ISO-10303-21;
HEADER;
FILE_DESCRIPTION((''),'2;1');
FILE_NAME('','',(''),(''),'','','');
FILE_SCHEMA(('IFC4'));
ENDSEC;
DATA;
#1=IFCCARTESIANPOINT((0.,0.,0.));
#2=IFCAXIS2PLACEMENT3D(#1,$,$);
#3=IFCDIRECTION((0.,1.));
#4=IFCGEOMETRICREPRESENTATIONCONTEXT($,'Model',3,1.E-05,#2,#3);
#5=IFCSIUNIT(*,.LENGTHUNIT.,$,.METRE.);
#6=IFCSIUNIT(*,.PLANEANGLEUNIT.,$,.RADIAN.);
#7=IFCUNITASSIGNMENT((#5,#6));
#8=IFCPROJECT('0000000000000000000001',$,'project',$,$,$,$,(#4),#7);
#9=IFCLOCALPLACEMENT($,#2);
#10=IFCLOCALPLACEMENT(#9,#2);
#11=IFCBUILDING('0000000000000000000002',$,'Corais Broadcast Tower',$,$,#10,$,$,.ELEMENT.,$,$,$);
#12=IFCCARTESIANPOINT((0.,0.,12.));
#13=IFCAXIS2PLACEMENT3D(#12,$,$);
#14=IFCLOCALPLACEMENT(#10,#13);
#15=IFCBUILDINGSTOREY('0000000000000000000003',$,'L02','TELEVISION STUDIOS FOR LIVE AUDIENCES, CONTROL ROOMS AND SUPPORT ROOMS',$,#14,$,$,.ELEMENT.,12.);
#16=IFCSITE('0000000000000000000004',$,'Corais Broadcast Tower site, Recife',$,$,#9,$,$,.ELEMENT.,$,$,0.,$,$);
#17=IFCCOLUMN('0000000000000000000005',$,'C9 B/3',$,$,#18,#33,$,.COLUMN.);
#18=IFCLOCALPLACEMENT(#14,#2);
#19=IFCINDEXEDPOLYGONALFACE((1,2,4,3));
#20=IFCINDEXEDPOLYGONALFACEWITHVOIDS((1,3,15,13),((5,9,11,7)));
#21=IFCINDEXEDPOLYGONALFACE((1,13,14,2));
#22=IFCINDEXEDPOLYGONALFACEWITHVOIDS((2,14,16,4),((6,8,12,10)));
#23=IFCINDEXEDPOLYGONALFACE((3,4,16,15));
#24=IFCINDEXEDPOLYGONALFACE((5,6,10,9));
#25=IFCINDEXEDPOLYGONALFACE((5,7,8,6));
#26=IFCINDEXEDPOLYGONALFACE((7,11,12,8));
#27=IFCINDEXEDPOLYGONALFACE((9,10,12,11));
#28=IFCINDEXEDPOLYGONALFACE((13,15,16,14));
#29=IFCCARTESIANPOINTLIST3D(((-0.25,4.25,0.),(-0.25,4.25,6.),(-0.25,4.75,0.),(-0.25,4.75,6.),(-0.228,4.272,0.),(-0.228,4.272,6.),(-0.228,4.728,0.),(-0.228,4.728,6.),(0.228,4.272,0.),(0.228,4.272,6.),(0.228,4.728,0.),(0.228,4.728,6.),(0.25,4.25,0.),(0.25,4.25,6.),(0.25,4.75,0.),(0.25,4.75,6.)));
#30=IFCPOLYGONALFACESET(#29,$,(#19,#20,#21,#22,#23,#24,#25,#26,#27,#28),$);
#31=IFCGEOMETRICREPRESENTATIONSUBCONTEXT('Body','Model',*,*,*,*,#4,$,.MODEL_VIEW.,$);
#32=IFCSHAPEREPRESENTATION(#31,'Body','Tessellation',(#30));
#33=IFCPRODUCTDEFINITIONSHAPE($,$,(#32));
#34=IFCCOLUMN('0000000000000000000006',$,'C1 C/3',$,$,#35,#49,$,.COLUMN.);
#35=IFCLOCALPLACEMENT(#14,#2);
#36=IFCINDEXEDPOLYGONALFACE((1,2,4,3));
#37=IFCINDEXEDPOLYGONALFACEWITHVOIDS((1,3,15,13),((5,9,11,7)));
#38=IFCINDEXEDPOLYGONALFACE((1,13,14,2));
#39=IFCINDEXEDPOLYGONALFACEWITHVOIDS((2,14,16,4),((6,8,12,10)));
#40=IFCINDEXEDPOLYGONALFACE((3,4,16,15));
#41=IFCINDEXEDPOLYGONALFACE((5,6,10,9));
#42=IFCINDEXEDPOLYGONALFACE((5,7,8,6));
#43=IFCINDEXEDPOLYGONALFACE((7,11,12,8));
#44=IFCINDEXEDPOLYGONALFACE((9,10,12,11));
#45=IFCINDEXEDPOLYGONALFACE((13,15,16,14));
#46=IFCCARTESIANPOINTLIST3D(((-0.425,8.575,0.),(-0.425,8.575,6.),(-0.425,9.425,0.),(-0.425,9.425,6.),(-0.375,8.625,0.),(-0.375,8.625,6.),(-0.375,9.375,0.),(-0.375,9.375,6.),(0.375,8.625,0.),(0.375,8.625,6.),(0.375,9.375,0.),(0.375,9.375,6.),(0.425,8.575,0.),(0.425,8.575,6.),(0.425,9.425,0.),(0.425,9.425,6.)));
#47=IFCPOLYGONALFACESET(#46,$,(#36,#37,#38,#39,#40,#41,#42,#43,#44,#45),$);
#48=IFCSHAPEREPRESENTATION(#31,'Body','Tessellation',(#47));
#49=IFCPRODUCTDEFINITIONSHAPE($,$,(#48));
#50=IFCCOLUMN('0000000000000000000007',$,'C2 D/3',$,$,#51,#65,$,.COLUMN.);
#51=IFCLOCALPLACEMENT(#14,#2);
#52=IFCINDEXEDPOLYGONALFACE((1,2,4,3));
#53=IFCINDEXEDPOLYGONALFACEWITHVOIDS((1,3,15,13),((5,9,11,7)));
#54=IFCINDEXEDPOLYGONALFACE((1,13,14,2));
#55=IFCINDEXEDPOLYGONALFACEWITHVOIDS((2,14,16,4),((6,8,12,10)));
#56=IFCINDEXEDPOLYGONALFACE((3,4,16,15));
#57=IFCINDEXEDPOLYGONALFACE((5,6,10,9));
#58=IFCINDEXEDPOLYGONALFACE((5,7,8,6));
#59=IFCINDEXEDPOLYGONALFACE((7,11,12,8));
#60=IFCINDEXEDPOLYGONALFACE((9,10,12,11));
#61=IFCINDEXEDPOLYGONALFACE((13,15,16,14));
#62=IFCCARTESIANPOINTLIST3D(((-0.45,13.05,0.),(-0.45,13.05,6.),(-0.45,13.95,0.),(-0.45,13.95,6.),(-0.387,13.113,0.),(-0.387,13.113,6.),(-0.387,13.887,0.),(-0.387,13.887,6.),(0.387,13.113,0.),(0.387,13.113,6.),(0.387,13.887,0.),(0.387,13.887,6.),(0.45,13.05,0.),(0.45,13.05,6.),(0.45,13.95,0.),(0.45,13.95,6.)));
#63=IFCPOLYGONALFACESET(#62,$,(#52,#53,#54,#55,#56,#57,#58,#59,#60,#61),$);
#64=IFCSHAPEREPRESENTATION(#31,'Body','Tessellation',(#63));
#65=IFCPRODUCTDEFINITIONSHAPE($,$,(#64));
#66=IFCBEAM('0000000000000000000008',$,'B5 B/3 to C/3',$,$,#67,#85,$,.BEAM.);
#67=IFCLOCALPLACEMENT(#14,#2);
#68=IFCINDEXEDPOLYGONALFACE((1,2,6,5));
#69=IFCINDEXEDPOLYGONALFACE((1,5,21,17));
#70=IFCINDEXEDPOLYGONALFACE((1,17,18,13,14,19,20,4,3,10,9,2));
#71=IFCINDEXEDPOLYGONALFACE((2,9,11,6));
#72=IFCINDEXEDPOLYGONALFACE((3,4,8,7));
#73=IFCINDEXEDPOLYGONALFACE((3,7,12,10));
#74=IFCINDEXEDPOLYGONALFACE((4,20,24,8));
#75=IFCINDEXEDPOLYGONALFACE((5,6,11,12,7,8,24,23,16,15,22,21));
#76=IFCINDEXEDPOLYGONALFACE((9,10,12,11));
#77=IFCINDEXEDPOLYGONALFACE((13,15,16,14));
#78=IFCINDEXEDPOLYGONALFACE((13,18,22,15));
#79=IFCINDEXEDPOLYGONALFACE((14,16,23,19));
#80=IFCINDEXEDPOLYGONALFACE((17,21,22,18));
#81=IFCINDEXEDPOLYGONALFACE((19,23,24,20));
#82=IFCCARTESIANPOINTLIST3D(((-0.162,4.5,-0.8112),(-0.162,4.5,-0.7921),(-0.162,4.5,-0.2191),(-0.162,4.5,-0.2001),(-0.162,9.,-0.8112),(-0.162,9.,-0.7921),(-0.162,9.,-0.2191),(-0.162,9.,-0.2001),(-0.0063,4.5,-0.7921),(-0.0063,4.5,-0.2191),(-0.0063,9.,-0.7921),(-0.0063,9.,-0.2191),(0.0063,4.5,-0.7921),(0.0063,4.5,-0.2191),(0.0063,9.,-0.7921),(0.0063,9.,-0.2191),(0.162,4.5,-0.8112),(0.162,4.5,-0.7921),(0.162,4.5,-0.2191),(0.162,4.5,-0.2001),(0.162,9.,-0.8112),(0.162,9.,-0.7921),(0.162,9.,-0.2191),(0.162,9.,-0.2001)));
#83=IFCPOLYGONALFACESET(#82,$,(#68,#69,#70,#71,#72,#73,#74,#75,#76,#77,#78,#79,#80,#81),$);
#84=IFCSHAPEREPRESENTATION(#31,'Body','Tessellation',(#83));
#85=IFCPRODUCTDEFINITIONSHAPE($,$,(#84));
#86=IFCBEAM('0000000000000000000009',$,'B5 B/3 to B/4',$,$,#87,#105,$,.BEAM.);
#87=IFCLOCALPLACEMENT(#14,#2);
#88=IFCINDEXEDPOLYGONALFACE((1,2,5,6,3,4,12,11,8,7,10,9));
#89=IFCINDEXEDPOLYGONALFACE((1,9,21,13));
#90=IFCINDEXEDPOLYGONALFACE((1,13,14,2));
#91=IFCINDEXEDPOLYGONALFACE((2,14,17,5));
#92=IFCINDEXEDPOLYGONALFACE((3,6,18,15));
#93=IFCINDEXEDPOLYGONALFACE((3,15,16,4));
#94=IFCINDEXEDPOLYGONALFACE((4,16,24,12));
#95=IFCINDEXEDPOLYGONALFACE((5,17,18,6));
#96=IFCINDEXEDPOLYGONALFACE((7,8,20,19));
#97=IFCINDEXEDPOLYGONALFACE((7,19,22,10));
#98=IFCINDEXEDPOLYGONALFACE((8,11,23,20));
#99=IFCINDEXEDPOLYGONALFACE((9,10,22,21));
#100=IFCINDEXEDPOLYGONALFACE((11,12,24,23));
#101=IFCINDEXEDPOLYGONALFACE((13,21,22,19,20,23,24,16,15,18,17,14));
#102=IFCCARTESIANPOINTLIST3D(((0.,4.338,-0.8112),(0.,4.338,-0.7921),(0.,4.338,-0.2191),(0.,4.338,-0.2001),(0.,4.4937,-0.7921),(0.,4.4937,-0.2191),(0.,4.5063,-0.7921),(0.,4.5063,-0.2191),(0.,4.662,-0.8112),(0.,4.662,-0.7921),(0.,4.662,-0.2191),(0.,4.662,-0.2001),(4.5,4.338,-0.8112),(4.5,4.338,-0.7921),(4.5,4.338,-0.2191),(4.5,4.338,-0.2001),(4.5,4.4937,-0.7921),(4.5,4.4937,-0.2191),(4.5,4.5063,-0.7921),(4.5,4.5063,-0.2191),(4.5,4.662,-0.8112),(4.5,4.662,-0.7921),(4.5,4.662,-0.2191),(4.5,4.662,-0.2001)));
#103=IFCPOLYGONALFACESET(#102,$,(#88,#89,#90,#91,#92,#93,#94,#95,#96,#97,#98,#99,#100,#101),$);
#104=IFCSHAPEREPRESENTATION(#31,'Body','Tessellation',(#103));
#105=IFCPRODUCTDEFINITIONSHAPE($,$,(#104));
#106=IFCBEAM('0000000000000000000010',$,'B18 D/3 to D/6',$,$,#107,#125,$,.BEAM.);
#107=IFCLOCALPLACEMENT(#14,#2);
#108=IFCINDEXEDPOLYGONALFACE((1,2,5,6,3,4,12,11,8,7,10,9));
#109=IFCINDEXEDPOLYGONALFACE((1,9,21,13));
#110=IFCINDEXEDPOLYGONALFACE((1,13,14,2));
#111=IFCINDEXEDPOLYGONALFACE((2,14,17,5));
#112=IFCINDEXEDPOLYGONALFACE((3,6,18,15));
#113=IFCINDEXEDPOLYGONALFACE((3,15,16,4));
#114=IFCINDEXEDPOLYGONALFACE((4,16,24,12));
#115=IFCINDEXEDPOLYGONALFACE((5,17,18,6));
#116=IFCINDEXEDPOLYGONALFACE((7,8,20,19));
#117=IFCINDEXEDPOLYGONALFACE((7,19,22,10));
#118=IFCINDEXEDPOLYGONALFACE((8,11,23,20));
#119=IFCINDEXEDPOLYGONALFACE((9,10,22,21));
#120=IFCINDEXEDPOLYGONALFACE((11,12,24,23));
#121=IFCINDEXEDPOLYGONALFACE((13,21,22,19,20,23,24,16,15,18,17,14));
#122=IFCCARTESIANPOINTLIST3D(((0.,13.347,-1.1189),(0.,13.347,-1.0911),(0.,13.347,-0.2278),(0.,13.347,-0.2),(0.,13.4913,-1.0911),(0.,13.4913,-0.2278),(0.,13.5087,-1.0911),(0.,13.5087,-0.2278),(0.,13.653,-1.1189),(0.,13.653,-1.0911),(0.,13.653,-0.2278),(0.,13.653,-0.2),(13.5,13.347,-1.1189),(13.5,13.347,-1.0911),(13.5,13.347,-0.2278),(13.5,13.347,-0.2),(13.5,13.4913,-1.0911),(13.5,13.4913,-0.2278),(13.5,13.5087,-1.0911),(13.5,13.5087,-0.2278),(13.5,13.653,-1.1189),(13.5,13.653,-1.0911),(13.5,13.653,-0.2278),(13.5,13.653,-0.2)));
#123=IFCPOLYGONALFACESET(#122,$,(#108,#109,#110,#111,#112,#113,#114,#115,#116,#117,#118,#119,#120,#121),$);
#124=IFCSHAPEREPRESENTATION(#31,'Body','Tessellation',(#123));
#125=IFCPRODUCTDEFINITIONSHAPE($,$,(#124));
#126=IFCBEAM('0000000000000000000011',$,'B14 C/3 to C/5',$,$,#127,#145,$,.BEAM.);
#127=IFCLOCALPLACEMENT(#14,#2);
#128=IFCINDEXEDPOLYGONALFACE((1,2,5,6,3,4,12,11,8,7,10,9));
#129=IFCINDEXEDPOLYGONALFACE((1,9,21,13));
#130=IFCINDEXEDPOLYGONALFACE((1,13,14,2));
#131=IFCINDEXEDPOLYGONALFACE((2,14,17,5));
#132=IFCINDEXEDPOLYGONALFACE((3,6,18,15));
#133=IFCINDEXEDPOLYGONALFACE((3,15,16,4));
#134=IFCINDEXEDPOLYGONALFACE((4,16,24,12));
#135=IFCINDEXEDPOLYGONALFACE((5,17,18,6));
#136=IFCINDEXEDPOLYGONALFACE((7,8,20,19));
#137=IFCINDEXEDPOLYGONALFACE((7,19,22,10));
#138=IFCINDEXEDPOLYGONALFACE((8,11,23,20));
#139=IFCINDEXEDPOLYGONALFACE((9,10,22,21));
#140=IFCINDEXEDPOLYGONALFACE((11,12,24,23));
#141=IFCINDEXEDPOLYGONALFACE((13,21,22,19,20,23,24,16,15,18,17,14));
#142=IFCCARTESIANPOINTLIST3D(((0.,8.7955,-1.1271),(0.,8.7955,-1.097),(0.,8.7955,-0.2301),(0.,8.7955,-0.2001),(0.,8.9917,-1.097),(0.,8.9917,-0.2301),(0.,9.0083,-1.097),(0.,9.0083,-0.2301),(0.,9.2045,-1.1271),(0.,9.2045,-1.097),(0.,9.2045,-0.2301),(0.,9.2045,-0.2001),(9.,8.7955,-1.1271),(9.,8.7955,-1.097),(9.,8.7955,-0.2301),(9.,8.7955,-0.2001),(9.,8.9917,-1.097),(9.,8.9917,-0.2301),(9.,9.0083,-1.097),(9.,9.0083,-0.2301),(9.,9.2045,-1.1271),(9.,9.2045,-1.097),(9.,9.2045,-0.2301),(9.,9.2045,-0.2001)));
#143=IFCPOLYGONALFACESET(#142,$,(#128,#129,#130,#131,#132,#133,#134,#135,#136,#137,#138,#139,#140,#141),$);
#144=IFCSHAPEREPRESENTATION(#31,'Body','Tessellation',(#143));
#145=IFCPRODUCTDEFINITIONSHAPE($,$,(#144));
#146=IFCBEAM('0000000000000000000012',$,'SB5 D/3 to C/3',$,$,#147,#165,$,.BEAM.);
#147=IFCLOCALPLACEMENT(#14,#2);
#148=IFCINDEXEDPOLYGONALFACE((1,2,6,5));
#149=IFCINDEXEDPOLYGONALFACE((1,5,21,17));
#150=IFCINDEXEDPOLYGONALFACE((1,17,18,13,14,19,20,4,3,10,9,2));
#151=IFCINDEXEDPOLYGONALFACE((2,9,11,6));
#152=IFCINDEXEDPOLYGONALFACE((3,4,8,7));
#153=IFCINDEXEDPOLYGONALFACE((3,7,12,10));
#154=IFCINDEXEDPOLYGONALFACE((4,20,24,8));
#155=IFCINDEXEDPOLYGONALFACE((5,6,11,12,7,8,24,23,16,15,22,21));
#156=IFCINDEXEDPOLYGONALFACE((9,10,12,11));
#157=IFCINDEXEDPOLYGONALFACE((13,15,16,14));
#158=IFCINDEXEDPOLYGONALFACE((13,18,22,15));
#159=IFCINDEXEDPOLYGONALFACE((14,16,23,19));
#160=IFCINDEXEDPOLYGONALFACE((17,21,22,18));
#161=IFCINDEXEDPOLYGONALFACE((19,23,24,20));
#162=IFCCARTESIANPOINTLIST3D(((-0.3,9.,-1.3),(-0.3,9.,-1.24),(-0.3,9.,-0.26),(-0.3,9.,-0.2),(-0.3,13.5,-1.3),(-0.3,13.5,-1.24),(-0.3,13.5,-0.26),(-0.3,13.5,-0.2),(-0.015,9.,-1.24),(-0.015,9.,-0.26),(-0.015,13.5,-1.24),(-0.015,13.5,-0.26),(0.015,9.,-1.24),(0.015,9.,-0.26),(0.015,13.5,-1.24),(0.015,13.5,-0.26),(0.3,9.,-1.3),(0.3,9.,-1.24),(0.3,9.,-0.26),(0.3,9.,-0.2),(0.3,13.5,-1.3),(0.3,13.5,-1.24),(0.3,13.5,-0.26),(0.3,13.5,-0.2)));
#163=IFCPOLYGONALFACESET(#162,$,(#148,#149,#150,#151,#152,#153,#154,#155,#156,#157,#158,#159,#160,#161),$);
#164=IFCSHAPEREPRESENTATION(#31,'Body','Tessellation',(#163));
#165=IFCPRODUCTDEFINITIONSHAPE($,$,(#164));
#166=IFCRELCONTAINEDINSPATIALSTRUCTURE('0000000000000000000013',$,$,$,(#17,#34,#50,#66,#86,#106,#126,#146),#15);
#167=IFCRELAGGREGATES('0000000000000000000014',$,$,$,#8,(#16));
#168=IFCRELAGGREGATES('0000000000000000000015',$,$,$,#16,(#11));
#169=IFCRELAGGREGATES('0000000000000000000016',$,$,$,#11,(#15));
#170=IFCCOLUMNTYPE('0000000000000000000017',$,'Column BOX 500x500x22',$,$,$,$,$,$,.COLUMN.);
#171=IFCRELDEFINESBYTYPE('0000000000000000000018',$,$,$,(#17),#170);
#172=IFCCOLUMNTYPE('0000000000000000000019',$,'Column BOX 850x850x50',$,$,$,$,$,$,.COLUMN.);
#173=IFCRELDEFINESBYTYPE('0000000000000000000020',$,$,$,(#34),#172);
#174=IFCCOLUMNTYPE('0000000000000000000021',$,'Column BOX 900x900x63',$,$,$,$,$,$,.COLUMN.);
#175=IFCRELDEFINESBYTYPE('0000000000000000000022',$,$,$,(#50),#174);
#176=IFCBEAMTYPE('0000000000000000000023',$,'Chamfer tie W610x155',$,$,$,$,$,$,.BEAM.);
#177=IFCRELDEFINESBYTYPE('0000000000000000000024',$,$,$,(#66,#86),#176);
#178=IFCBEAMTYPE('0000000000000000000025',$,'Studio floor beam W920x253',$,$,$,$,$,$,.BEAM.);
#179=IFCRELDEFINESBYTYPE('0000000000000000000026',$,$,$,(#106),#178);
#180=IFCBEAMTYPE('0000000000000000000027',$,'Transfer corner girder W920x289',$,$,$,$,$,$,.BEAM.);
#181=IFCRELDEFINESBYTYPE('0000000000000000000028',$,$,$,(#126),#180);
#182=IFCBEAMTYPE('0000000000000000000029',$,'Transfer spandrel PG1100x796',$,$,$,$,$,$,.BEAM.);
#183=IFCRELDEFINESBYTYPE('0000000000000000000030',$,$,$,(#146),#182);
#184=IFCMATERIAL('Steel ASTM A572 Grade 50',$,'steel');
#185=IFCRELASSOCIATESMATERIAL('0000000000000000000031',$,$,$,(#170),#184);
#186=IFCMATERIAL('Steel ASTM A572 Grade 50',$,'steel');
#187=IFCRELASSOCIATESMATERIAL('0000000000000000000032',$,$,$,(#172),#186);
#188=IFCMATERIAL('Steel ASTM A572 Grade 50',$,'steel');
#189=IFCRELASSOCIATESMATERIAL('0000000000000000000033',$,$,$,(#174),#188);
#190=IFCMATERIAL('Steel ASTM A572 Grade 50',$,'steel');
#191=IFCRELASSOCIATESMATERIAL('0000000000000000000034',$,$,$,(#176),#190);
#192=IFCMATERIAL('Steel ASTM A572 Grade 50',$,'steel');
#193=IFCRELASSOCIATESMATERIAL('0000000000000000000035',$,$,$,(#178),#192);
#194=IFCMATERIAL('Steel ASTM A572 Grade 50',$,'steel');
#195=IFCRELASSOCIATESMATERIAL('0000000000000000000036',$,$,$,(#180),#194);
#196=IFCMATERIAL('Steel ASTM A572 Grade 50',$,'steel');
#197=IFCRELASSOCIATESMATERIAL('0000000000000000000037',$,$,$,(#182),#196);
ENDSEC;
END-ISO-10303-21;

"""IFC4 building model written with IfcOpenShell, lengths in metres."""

from ifc_helpers import new_model, si_unit, direction, frame, origin, origin_2d, place, context, subcontext, project, spatial, hollow_rectangle, i_section, extrude, material, material_profile, profile_set, type_object, element, save


model = new_model("IFC4")

# Units and contexts
model_context = context("Model", 3, precision=1e-05, world=origin(), true_north=direction((0.0, 1.0)))
body_context = subcontext(model_context, "Body", "Model", "MODEL_VIEW")
ifc_project = project(units=[si_unit("LENGTHUNIT", "METRE"), si_unit("PLANEANGLEUNIT", "RADIAN")], contexts=[model_context])

# Site, building, storey
site_placement = place(None, origin())
site = spatial("IfcSite", under=ifc_project, at=site_placement, Name="Corais Broadcast Tower site, Recife", CompositionType="ELEMENT", RefElevation=0.0)
building_placement = place(site_placement, origin())
building = spatial("IfcBuilding", under=site, at=building_placement, Name="Corais Broadcast Tower", CompositionType="ELEMENT")
storey_placement = place(building_placement, frame((0.0, 0.0, 12.0)))
storey = spatial("IfcBuildingStorey", under=building, at=storey_placement, Name="L02", Description="TELEVISION STUDIOS FOR LIVE AUDIENCES, CONTROL ROOMS AND SUPPORT ROOMS", CompositionType="ELEMENT", Elevation=12.0)

# Columns
ifc_material_1 = material(Name="Steel ASTM A572 Grade 50", Category="steel")
ifc_material_profile_1 = material_profile(ifc_material_1, hollow_rectangle(XDim=0.5, YDim=0.5, WallThickness=0.022, at=origin_2d()), Name="BOX 500x500x22")
ifc_profile_set_1 = profile_set([ifc_material_profile_1], Name="Steel ASTM A572 Grade 50")
column_type_1 = type_object("IfcColumnType", Name="Column BOX 500x500x22", PredefinedType="COLUMN", material=ifc_profile_set_1)
column_1_placement = place(storey_placement, frame((0.0, 4.5, 0.0), z_axis=(0.0, 0.0, 1.0), x_axis=(1.0, 0.0, 0.0)))
element("IfcColumn", 1, at=column_1_placement, inside=storey, type_object=column_type_1, Name="C9 B/3", PredefinedType="COLUMN", context=body_context, shape_type="SweptSolid", body=[
    extrude(hollow_rectangle(XDim=0.5, YDim=0.5, WallThickness=0.022, at=origin_2d()), origin(), (0.0, 0.0, 1.0), 6.0),
])
ifc_material_2 = material(Name="Steel ASTM A572 Grade 50", Category="steel")
ifc_material_profile_2 = material_profile(ifc_material_2, hollow_rectangle(XDim=0.8501, YDim=0.8501, WallThickness=0.05, at=origin_2d()), Name="BOX 850x850x50")
ifc_profile_set_2 = profile_set([ifc_material_profile_2], Name="Steel ASTM A572 Grade 50")
column_type_2 = type_object("IfcColumnType", Name="Column BOX 850x850x50", PredefinedType="COLUMN", material=ifc_profile_set_2)
column_2_placement = place(storey_placement, frame((0.0, 9.0, 0.0), z_axis=(0.0, 0.0, 1.0), x_axis=(1.0, 0.0, 0.0)))
element("IfcColumn", 2, at=column_2_placement, inside=storey, type_object=column_type_2, Name="C1 C/3", PredefinedType="COLUMN", context=body_context, shape_type="SweptSolid", body=[
    extrude(hollow_rectangle(XDim=0.8501, YDim=0.8501, WallThickness=0.05, at=origin_2d()), origin(), (0.0, 0.0, 1.0), 6.0),
])
ifc_material_3 = material(Name="Steel ASTM A572 Grade 50", Category="steel")
ifc_material_profile_3 = material_profile(ifc_material_3, hollow_rectangle(XDim=0.8999, YDim=0.8999, WallThickness=0.063, at=origin_2d()), Name="BOX 900x900x63")
ifc_profile_set_3 = profile_set([ifc_material_profile_3], Name="Steel ASTM A572 Grade 50")
column_type_3 = type_object("IfcColumnType", Name="Column BOX 900x900x63", PredefinedType="COLUMN", material=ifc_profile_set_3)
column_3_placement = place(storey_placement, frame((0.0, 13.5, 0.0), z_axis=(0.0, 0.0, 1.0), x_axis=(1.0, 0.0, 0.0)))
element("IfcColumn", 3, at=column_3_placement, inside=storey, type_object=column_type_3, Name="C2 D/3", PredefinedType="COLUMN", context=body_context, shape_type="SweptSolid", body=[
    extrude(hollow_rectangle(XDim=0.8999, YDim=0.8999, WallThickness=0.063, at=origin_2d()), origin(), (0.0, 0.0, 1.0), 6.0),
])

# Beams
ifc_material_4 = material(Name="Steel ASTM A572 Grade 50", Category="steel")
ifc_material_profile_4 = material_profile(ifc_material_4, i_section(OverallWidth=0.324, OverallDepth=0.6111, WebThickness=0.0127, FlangeThickness=0.019, at=origin_2d()), Name="W610x155")
ifc_profile_set_4 = profile_set([ifc_material_profile_4], Name="Steel ASTM A572 Grade 50")
beam_type_1 = type_object("IfcBeamType", Name="Chamfer tie W610x155", PredefinedType="BEAM", material=ifc_profile_set_4)
for number, where, z_axis, x_axis, name in (
    (4, (0.0, 4.5, -0.5056), (0.0, 1.0, 0.0), (-1.0, 0.0, 0.0), "B5 B/3 to C/3"),
    (5, (0.0, 4.5, -0.5056), (1.0, 0.0, 0.0), (0.0, 1.0, 0.0), "B5 B/3 to B/4"),
):
    element("IfcBeam", number, at=place(storey_placement, frame(where, z_axis=z_axis, x_axis=x_axis)), inside=storey, type_object=beam_type_1, Name=name, PredefinedType="BEAM", context=body_context, shape_type="SweptSolid", body=[
        extrude(i_section(OverallWidth=0.324, OverallDepth=0.6111, WebThickness=0.0127, FlangeThickness=0.019, at=origin_2d()), origin(), (0.0, 0.0, 1.0), 4.5),
    ])
ifc_material_5 = material(Name="Steel ASTM A572 Grade 50", Category="steel")
ifc_material_profile_5 = material_profile(ifc_material_5, i_section(OverallWidth=0.3059, OverallDepth=0.9189, WebThickness=0.0173, FlangeThickness=0.0278, at=origin_2d()), Name="W920x253")
ifc_profile_set_5 = profile_set([ifc_material_profile_5], Name="Steel ASTM A572 Grade 50")
beam_type_2 = type_object("IfcBeamType", Name="Studio floor beam W920x253", PredefinedType="BEAM", material=ifc_profile_set_5)
beam_1_placement = place(storey_placement, frame((0.0, 13.5, -0.6594), z_axis=(1.0, 0.0, 0.0), x_axis=(0.0, 1.0, 0.0)))
element("IfcBeam", 6, at=beam_1_placement, inside=storey, type_object=beam_type_2, Name="B18 D/3 to D/6", PredefinedType="BEAM", context=body_context, shape_type="SweptSolid", body=[
    extrude(i_section(OverallWidth=0.3059, OverallDepth=0.9189, WebThickness=0.0173, FlangeThickness=0.0278, at=origin_2d()), origin(), (0.0, 0.0, 1.0), 13.5),
])
ifc_material_6 = material(Name="Steel ASTM A572 Grade 50", Category="steel")
ifc_material_profile_6 = material_profile(ifc_material_6, i_section(OverallWidth=0.4089, OverallDepth=0.927, WebThickness=0.0166, FlangeThickness=0.03, at=origin_2d()), Name="W920x289")
ifc_profile_set_6 = profile_set([ifc_material_profile_6], Name="Steel ASTM A572 Grade 50")
beam_type_3 = type_object("IfcBeamType", Name="Transfer corner girder W920x289", PredefinedType="BEAM", material=ifc_profile_set_6)
beam_2_placement = place(storey_placement, frame((0.0, 9.0, -0.6636), z_axis=(1.0, 0.0, 0.0), x_axis=(0.0, 1.0, 0.0)))
element("IfcBeam", 7, at=beam_2_placement, inside=storey, type_object=beam_type_3, Name="B14 C/3 to C/5", PredefinedType="BEAM", context=body_context, shape_type="SweptSolid", body=[
    extrude(i_section(OverallWidth=0.4089, OverallDepth=0.927, WebThickness=0.0166, FlangeThickness=0.03, at=origin_2d()), origin(), (0.0, 0.0, 1.0), 9.0),
])
ifc_material_7 = material(Name="Steel ASTM A572 Grade 50", Category="steel")
ifc_material_profile_7 = material_profile(ifc_material_7, i_section(OverallWidth=0.6001, OverallDepth=1.1001, WebThickness=0.03, FlangeThickness=0.0601, at=origin_2d()), Name="PG1100x796")
ifc_profile_set_7 = profile_set([ifc_material_profile_7], Name="Steel ASTM A572 Grade 50")
beam_type_4 = type_object("IfcBeamType", Name="Transfer spandrel PG1100x796", PredefinedType="BEAM", material=ifc_profile_set_7)
beam_3_placement = place(storey_placement, frame((0.0, 13.5, -0.75), z_axis=(0.0, -1.0, 0.0), x_axis=(1.0, 0.0, 0.0)))
element("IfcBeam", 8, at=beam_3_placement, inside=storey, type_object=beam_type_4, Name="SB5 D/3 to C/3", PredefinedType="BEAM", context=body_context, shape_type="SweptSolid", body=[
    extrude(i_section(OverallWidth=0.6001, OverallDepth=1.1001, WebThickness=0.03, FlangeThickness=0.0601, at=origin_2d()), origin(), (0.0, 0.0, 1.0), 4.5),
])

save(model, "model.ifc")
